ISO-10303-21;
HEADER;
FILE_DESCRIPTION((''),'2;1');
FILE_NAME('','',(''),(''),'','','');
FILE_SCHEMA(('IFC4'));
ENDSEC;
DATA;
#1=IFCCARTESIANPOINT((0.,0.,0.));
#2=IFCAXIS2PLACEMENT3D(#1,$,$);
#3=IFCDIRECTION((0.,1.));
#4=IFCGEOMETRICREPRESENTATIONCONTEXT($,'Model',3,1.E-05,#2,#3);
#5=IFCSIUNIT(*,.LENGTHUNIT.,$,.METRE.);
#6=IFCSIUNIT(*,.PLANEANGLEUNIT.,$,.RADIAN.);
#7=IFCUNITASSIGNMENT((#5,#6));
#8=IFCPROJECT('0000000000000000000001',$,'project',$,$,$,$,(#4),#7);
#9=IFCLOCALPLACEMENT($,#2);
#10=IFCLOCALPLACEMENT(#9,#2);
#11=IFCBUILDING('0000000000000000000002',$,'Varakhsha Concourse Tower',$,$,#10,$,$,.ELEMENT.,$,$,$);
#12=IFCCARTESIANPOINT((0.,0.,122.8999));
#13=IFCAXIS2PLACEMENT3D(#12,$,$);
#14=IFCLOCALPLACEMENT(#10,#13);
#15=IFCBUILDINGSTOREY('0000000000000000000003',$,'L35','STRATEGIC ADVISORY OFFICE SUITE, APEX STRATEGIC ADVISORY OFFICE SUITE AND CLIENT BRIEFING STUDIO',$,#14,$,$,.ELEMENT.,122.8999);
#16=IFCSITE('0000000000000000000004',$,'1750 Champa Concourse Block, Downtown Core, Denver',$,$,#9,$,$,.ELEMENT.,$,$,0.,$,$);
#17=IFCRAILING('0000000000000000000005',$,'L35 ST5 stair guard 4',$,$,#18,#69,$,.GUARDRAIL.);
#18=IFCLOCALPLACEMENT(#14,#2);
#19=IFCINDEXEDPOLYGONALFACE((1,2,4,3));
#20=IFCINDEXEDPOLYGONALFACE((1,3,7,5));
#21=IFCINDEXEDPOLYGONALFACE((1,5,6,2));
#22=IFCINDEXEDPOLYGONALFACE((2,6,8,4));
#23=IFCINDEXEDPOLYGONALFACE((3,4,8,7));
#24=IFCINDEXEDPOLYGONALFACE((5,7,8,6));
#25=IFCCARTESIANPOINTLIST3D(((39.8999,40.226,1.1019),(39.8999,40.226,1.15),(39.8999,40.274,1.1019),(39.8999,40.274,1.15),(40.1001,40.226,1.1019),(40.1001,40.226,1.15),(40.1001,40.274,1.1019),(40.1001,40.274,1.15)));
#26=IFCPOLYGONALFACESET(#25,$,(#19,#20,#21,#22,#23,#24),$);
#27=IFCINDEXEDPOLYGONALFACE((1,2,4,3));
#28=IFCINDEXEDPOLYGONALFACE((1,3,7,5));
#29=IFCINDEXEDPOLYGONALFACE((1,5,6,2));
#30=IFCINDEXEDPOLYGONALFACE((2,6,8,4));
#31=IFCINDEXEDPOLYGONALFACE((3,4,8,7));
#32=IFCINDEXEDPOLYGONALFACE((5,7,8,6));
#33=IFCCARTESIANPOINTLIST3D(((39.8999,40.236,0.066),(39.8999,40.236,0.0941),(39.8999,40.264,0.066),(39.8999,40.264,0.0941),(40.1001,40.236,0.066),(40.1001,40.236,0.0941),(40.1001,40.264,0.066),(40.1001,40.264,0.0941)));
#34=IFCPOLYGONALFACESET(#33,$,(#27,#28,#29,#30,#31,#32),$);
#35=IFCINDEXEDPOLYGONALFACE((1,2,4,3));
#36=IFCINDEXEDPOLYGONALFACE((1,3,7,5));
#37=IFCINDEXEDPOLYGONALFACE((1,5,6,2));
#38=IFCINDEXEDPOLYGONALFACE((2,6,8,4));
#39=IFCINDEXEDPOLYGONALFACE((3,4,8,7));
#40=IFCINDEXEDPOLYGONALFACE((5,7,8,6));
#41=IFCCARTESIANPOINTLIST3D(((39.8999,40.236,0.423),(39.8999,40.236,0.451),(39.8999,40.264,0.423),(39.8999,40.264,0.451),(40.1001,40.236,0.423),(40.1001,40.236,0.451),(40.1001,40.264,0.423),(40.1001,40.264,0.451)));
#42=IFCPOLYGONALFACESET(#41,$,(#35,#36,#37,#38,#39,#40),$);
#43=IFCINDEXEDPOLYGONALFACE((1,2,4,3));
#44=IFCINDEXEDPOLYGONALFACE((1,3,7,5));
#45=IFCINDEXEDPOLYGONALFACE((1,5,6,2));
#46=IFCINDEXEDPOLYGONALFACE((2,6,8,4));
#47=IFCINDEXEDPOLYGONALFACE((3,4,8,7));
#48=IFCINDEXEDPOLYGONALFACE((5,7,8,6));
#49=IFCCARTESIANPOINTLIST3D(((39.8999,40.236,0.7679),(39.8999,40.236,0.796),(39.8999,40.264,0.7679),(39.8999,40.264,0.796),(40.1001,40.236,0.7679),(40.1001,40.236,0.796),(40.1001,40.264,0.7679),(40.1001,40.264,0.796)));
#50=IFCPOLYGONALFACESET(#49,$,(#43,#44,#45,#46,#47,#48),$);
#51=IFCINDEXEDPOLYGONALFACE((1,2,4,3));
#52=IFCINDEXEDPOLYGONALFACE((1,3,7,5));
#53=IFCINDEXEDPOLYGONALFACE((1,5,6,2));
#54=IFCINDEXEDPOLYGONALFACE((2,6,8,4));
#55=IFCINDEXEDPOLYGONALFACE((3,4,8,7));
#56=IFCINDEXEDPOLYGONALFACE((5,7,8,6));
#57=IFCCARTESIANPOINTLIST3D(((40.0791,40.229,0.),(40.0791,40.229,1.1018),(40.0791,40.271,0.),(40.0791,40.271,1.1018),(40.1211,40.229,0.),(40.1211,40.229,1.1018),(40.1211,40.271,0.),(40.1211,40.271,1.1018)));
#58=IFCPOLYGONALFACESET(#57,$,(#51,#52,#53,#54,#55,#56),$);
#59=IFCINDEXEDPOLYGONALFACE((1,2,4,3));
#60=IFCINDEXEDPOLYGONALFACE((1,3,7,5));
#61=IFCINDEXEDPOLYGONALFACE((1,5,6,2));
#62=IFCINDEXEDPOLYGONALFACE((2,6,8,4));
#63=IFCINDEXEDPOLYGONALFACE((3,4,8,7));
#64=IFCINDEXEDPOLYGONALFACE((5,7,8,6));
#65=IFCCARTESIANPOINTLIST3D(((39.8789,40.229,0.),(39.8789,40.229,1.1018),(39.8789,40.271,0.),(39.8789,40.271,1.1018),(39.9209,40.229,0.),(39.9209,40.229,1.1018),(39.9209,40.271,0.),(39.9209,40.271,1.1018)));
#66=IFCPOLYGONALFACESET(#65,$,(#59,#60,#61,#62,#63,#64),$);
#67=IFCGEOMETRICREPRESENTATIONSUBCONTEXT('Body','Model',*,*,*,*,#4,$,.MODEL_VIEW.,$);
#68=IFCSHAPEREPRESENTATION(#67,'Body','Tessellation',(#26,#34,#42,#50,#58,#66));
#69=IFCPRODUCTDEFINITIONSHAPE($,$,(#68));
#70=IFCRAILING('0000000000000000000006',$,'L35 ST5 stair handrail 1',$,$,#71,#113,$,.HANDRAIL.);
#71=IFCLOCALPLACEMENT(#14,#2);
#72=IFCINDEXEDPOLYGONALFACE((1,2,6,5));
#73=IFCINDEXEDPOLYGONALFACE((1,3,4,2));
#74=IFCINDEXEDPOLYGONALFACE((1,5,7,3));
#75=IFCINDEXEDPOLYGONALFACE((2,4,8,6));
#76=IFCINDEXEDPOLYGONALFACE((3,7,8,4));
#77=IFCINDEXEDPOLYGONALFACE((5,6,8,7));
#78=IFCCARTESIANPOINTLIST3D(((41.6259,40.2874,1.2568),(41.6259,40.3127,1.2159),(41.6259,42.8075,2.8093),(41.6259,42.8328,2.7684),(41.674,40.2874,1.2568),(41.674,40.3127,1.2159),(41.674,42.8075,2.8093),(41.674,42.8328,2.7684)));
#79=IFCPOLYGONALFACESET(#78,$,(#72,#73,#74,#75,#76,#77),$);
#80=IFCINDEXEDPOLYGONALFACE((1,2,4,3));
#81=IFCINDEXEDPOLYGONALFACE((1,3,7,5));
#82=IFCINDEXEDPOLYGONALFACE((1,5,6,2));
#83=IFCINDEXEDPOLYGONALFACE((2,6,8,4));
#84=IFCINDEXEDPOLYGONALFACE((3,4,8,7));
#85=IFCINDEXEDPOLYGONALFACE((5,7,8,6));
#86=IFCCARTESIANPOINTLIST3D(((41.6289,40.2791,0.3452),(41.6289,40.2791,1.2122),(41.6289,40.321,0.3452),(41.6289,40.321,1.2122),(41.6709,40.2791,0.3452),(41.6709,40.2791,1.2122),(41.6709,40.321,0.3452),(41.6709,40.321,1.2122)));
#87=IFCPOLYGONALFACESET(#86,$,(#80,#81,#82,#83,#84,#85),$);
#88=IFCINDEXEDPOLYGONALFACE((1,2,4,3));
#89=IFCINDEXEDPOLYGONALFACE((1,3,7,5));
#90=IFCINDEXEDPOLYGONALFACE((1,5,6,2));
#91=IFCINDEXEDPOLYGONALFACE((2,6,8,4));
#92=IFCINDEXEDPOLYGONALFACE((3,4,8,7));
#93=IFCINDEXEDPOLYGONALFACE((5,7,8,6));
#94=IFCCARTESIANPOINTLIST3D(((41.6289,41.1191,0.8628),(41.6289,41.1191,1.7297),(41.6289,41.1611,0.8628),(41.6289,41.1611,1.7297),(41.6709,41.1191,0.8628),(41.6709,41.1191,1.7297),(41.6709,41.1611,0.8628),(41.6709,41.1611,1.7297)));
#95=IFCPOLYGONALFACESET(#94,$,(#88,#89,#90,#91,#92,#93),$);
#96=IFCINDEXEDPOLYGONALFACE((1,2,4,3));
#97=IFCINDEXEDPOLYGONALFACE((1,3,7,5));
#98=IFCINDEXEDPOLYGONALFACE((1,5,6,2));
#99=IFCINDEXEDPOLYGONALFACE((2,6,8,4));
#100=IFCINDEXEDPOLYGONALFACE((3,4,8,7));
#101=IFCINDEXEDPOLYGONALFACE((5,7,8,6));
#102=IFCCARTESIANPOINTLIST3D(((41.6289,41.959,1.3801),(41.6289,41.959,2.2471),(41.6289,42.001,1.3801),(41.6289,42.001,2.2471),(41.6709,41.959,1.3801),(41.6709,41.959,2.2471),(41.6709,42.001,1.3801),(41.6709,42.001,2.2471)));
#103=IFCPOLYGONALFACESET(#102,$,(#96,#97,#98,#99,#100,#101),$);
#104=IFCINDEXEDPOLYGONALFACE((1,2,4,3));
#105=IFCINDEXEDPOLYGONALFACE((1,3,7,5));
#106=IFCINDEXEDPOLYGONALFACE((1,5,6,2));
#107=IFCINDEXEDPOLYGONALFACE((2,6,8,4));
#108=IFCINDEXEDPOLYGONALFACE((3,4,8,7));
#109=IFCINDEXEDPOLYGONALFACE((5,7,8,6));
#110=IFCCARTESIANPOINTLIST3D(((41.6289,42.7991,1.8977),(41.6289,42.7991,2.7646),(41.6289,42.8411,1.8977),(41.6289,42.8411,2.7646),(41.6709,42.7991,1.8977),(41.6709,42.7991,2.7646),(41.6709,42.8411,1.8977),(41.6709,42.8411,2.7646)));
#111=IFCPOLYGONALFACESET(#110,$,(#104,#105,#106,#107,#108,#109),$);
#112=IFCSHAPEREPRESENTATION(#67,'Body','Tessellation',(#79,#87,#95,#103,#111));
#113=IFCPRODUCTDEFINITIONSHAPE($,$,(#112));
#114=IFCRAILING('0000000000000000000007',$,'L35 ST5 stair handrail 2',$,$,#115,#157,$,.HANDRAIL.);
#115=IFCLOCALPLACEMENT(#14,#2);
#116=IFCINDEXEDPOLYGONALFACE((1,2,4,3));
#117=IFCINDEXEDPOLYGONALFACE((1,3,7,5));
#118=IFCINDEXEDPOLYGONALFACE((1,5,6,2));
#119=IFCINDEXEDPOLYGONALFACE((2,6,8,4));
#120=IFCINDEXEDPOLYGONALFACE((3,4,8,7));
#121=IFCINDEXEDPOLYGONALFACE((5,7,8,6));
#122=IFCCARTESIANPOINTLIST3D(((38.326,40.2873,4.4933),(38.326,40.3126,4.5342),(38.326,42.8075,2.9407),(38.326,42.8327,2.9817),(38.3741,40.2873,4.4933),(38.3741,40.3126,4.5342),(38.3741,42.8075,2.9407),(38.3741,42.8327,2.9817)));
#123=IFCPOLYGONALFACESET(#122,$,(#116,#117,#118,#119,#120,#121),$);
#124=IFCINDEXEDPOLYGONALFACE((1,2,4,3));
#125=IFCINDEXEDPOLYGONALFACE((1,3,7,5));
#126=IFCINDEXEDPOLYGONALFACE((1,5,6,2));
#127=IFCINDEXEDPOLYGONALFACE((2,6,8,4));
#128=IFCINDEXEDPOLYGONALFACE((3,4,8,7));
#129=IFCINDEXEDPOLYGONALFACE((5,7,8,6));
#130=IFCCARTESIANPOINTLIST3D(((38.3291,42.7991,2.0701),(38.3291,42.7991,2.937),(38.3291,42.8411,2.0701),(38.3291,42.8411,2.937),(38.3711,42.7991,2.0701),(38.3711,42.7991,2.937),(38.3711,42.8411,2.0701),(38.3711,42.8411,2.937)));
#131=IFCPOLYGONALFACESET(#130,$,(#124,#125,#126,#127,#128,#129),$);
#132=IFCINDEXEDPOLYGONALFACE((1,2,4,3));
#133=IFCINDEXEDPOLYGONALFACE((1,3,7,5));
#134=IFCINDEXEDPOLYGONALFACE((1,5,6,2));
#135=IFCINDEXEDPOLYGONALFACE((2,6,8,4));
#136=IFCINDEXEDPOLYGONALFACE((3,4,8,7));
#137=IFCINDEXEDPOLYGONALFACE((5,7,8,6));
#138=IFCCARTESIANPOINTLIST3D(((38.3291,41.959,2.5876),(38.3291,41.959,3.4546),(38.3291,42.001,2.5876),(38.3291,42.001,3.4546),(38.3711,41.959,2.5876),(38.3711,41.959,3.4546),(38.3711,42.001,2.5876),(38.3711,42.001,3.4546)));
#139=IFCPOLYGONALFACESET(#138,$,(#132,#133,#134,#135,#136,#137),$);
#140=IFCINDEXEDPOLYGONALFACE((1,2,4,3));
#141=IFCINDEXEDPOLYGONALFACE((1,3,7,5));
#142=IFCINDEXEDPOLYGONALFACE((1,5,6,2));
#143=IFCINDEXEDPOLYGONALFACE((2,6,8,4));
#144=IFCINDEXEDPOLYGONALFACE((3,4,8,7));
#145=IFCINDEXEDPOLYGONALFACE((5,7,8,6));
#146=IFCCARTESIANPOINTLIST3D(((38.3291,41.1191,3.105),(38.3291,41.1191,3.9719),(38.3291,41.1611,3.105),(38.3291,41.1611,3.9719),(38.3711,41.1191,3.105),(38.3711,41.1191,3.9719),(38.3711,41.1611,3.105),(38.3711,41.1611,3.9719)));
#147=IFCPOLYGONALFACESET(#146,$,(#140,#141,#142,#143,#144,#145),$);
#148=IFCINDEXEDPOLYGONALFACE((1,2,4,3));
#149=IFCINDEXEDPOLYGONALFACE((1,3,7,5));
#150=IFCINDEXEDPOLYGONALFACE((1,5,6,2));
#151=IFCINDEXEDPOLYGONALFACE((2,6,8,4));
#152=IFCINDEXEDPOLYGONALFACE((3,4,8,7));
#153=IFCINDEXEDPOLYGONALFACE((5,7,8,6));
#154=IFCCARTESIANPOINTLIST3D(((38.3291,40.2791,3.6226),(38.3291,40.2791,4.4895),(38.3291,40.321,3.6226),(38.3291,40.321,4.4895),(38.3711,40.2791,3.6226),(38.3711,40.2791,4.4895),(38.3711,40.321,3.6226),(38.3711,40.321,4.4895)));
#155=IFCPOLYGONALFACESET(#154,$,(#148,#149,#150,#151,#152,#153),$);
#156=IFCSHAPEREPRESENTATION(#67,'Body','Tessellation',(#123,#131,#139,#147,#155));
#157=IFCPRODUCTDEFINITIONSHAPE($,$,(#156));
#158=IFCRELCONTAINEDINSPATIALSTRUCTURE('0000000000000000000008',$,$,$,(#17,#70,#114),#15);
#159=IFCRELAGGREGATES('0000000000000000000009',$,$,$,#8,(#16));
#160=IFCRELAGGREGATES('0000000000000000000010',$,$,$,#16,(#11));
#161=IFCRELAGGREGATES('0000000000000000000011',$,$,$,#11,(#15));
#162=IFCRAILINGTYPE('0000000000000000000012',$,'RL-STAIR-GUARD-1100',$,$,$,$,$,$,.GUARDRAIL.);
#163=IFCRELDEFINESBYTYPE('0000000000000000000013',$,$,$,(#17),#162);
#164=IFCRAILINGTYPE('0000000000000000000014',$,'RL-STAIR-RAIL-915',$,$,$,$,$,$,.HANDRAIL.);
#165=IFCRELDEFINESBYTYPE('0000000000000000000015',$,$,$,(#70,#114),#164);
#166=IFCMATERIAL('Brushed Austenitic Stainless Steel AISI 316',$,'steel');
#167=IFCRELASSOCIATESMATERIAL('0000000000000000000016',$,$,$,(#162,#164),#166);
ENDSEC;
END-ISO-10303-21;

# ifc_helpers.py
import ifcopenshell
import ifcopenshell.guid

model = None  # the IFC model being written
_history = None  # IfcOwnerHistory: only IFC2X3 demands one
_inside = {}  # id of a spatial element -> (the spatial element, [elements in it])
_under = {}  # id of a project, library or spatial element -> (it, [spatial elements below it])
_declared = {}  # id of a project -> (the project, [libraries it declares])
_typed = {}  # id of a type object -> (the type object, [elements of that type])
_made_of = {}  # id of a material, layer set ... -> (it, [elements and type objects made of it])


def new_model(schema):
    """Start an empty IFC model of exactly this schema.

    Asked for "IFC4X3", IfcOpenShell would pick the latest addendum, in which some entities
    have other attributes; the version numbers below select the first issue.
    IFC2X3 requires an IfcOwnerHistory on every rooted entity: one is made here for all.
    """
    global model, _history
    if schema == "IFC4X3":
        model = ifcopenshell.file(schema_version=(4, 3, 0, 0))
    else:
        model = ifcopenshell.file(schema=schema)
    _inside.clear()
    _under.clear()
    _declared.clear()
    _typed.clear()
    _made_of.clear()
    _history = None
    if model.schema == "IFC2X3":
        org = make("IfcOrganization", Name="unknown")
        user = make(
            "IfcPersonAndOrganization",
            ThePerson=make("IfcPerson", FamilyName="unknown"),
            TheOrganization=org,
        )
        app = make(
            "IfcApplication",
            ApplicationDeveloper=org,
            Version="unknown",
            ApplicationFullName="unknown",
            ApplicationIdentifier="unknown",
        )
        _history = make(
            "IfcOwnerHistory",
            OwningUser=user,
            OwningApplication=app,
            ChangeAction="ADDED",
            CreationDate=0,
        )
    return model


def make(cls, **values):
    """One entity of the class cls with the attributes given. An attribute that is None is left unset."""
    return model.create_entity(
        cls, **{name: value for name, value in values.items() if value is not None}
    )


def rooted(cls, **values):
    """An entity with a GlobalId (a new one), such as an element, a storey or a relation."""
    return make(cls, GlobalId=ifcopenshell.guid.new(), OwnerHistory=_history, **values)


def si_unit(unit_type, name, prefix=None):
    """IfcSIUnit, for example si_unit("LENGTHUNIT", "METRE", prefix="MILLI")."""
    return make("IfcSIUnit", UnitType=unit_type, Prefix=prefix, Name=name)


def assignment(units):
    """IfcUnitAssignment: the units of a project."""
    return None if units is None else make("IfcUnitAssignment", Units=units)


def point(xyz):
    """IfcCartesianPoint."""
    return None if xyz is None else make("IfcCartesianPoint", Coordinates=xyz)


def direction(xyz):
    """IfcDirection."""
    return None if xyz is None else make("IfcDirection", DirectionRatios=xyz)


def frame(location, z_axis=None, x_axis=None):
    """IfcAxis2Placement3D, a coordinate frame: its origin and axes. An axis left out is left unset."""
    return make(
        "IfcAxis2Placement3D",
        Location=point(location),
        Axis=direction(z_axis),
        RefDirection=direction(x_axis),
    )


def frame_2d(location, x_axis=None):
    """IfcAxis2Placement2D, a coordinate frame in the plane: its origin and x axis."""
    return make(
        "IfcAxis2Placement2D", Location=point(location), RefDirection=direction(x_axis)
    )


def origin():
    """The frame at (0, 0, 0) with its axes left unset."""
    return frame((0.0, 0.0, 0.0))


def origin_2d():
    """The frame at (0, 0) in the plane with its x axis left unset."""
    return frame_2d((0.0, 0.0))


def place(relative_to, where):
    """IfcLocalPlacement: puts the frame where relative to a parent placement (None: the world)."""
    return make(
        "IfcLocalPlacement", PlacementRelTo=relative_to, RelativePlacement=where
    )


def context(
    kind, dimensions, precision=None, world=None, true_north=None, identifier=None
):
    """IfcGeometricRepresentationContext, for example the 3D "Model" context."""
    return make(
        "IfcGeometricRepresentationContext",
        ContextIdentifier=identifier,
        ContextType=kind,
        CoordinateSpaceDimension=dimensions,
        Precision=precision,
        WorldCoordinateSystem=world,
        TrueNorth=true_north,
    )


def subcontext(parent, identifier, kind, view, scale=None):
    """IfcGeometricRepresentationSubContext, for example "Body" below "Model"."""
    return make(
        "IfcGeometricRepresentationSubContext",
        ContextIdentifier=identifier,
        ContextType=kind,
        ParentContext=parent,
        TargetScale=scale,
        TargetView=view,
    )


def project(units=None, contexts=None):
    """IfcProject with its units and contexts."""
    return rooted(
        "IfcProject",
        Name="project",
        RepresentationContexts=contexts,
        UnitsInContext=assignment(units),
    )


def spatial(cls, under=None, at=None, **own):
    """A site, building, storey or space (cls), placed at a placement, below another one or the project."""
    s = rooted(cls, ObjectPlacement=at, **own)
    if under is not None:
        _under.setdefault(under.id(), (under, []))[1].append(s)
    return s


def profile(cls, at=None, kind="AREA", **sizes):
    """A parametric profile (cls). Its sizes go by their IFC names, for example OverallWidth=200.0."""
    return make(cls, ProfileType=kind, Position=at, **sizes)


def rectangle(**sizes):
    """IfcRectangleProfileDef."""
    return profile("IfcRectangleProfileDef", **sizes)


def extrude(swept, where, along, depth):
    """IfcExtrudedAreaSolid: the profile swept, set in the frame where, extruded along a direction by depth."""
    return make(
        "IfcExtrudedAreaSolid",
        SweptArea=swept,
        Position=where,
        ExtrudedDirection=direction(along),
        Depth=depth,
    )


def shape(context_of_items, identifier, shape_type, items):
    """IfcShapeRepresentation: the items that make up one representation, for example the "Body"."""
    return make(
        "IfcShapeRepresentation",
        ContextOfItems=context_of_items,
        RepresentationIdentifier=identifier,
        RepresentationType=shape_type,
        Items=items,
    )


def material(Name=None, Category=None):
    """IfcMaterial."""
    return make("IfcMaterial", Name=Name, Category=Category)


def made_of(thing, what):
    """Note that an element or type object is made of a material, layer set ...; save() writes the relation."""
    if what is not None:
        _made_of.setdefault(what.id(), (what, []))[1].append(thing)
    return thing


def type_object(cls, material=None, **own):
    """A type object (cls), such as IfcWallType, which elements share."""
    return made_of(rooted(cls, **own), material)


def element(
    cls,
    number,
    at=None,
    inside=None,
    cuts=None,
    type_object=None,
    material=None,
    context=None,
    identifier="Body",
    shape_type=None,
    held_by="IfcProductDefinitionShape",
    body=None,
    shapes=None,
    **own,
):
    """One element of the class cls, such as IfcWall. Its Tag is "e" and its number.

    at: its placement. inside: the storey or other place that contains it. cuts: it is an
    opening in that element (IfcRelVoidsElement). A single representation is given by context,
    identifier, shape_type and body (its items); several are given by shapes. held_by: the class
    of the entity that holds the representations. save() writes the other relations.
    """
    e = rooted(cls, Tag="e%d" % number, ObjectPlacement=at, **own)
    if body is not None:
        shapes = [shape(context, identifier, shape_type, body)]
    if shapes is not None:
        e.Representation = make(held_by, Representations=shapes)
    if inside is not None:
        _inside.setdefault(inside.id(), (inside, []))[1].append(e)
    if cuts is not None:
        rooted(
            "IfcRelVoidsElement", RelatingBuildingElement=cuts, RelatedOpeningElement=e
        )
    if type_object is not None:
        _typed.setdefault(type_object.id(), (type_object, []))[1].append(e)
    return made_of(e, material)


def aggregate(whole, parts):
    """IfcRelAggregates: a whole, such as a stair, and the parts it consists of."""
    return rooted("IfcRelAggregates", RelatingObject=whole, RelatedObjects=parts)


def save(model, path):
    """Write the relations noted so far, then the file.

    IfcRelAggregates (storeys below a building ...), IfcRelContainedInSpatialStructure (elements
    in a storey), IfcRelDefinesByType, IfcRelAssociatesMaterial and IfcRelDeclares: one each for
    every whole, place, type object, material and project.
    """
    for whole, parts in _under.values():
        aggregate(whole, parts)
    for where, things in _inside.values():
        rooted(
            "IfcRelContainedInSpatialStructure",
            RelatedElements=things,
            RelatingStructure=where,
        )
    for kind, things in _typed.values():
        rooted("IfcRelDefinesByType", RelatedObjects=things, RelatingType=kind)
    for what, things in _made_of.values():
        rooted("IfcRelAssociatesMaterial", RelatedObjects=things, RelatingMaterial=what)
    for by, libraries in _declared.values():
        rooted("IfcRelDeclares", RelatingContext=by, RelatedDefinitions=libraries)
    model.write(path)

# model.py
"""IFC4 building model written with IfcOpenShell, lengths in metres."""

from ifc_helpers import new_model, si_unit, direction, frame, origin, origin_2d, place, context, subcontext, project, spatial, rectangle, extrude, material, type_object, element, save


model = new_model("IFC4")

# Units and contexts
model_context = context("Model", 3, precision=1e-05, world=origin(), true_north=direction((0.0, 1.0)))
body_context = subcontext(model_context, "Body", "Model", "MODEL_VIEW")
ifc_project = project(units=[si_unit("LENGTHUNIT", "METRE"), si_unit("PLANEANGLEUNIT", "RADIAN")], contexts=[model_context])

# Site, building, storey
site_placement = place(None, origin())
site = spatial("IfcSite", under=ifc_project, at=site_placement, Name="1750 Champa Concourse Block, Downtown Core, Denver", CompositionType="ELEMENT", RefElevation=0.0)
building_placement = place(site_placement, origin())
building = spatial("IfcBuilding", under=site, at=building_placement, Name="Varakhsha Concourse Tower", CompositionType="ELEMENT")
storey_placement = place(building_placement, frame((0.0, 0.0, 122.8999)))
storey = spatial("IfcBuildingStorey", under=building, at=storey_placement, Name="L35", Description="STRATEGIC ADVISORY OFFICE SUITE, APEX STRATEGIC ADVISORY OFFICE SUITE AND CLIENT BRIEFING STUDIO", CompositionType="ELEMENT", Elevation=122.8999)

# Railings
ifc_material_1 = material(Name="Brushed Austenitic Stainless Steel AISI 316", Category="steel")
railing_type_1 = type_object("IfcRailingType", Name="RL-STAIR-GUARD-1100", PredefinedType="GUARDRAIL", material=ifc_material_1)
railing_1_placement = place(storey_placement, frame((40.1001, 40.25, 0.0)))
element("IfcRailing", 1, at=railing_1_placement, inside=storey, type_object=railing_type_1, Name="L35 ST5 stair guard 4", PredefinedType="GUARDRAIL", context=body_context, shape_type="SweptSolid", body=[
    extrude(rectangle(XDim=0.0481, YDim=0.0481, at=origin_2d()), frame((0.0, 0.0, 1.126), z_axis=(-1.0, 0.0, 0.0), x_axis=(0.0, -1.0, 0.0)), (0.0, 0.0, 1.0), 0.2002),
    extrude(rectangle(XDim=0.0281, YDim=0.0281, at=origin_2d()), frame((0.0, 0.0, 0.0801), z_axis=(-1.0, 0.0, 0.0), x_axis=(0.0, -1.0, 0.0)), (0.0, 0.0, 1.0), 0.2002),
    extrude(rectangle(XDim=0.0281, YDim=0.0281, at=origin_2d()), frame((0.0, 0.0, 0.437), z_axis=(-1.0, 0.0, 0.0), x_axis=(0.0, -1.0, 0.0)), (0.0, 0.0, 1.0), 0.2002),
    extrude(rectangle(XDim=0.0281, YDim=0.0281, at=origin_2d()), frame((0.0, 0.0, 0.782), z_axis=(-1.0, 0.0, 0.0), x_axis=(0.0, -1.0, 0.0)), (0.0, 0.0, 1.0), 0.2002),
    extrude(rectangle(XDim=0.042, YDim=0.042, at=origin_2d()), origin(), (0.0, 0.0, 1.0), 1.1018),
    extrude(rectangle(XDim=0.042, YDim=0.042, at=origin_2d()), frame((-0.2002, 0.0, 0.0)), (0.0, 0.0, 1.0), 1.1018),
])
railing_type_2 = type_object("IfcRailingType", Name="RL-STAIR-RAIL-915", PredefinedType="HANDRAIL", material=ifc_material_1)
railing_2_placement = place(storey_placement, frame((41.6499, 40.3, 0.3452)))
element("IfcRailing", 2, at=railing_2_placement, inside=storey, type_object=railing_type_2, Name="L35 ST5 stair handrail 1", PredefinedType="HANDRAIL", context=body_context, shape_type="SweptSolid", body=[
    extrude(rectangle(XDim=0.0481, YDim=0.0481, at=origin_2d()), frame((0.0, 0.0, 0.8911), z_axis=(0.0, 0.8514, 0.524516), x_axis=(-1.0, 0.0, 0.0)), (0.0, 0.0, 1.0), 2.96),
    extrude(rectangle(XDim=0.042, YDim=0.042, at=origin_2d()), origin(), (0.0, 0.0, 1.0), 0.8669),
    extrude(rectangle(XDim=0.042, YDim=0.042, at=origin_2d()), frame((0.0, 0.8401, 0.5176)), (0.0, 0.0, 1.0), 0.8669),
    extrude(rectangle(XDim=0.042, YDim=0.042, at=origin_2d()), frame((0.0, 1.6799, 1.0349)), (0.0, 0.0, 1.0), 0.8669),
    extrude(rectangle(XDim=0.042, YDim=0.042, at=origin_2d()), frame((0.0, 2.52, 1.5525)), (0.0, 0.0, 1.0), 0.8669),
])
railing_3_placement = place(storey_placement, frame((38.3501, 42.8201, 2.0701)))
element("IfcRailing", 3, at=railing_3_placement, inside=storey, type_object=railing_type_2, Name="L35 ST5 stair handrail 2", PredefinedType="HANDRAIL", context=body_context, shape_type="SweptSolid", body=[
    extrude(rectangle(XDim=0.0481, YDim=0.0481, at=origin_2d()), frame((0.0, 0.0, 0.8911), z_axis=(0.0, -0.8514, 0.524516), x_axis=(1.0, 0.0, 0.0)), (0.0, 0.0, 1.0), 2.96),
    extrude(rectangle(XDim=0.042, YDim=0.042, at=origin_2d()), origin(), (0.0, 0.0, 1.0), 0.8669),
    extrude(rectangle(XDim=0.042, YDim=0.042, at=origin_2d()), frame((0.0, -0.8401, 0.5176)), (0.0, 0.0, 1.0), 0.8669),
    extrude(rectangle(XDim=0.042, YDim=0.042, at=origin_2d()), frame((0.0, -1.6799, 1.0349)), (0.0, 0.0, 1.0), 0.8669),
    extrude(rectangle(XDim=0.042, YDim=0.042, at=origin_2d()), frame((0.0, -2.52, 1.5525)), (0.0, 0.0, 1.0), 0.8669),
])

save(model, "model.ifc")
